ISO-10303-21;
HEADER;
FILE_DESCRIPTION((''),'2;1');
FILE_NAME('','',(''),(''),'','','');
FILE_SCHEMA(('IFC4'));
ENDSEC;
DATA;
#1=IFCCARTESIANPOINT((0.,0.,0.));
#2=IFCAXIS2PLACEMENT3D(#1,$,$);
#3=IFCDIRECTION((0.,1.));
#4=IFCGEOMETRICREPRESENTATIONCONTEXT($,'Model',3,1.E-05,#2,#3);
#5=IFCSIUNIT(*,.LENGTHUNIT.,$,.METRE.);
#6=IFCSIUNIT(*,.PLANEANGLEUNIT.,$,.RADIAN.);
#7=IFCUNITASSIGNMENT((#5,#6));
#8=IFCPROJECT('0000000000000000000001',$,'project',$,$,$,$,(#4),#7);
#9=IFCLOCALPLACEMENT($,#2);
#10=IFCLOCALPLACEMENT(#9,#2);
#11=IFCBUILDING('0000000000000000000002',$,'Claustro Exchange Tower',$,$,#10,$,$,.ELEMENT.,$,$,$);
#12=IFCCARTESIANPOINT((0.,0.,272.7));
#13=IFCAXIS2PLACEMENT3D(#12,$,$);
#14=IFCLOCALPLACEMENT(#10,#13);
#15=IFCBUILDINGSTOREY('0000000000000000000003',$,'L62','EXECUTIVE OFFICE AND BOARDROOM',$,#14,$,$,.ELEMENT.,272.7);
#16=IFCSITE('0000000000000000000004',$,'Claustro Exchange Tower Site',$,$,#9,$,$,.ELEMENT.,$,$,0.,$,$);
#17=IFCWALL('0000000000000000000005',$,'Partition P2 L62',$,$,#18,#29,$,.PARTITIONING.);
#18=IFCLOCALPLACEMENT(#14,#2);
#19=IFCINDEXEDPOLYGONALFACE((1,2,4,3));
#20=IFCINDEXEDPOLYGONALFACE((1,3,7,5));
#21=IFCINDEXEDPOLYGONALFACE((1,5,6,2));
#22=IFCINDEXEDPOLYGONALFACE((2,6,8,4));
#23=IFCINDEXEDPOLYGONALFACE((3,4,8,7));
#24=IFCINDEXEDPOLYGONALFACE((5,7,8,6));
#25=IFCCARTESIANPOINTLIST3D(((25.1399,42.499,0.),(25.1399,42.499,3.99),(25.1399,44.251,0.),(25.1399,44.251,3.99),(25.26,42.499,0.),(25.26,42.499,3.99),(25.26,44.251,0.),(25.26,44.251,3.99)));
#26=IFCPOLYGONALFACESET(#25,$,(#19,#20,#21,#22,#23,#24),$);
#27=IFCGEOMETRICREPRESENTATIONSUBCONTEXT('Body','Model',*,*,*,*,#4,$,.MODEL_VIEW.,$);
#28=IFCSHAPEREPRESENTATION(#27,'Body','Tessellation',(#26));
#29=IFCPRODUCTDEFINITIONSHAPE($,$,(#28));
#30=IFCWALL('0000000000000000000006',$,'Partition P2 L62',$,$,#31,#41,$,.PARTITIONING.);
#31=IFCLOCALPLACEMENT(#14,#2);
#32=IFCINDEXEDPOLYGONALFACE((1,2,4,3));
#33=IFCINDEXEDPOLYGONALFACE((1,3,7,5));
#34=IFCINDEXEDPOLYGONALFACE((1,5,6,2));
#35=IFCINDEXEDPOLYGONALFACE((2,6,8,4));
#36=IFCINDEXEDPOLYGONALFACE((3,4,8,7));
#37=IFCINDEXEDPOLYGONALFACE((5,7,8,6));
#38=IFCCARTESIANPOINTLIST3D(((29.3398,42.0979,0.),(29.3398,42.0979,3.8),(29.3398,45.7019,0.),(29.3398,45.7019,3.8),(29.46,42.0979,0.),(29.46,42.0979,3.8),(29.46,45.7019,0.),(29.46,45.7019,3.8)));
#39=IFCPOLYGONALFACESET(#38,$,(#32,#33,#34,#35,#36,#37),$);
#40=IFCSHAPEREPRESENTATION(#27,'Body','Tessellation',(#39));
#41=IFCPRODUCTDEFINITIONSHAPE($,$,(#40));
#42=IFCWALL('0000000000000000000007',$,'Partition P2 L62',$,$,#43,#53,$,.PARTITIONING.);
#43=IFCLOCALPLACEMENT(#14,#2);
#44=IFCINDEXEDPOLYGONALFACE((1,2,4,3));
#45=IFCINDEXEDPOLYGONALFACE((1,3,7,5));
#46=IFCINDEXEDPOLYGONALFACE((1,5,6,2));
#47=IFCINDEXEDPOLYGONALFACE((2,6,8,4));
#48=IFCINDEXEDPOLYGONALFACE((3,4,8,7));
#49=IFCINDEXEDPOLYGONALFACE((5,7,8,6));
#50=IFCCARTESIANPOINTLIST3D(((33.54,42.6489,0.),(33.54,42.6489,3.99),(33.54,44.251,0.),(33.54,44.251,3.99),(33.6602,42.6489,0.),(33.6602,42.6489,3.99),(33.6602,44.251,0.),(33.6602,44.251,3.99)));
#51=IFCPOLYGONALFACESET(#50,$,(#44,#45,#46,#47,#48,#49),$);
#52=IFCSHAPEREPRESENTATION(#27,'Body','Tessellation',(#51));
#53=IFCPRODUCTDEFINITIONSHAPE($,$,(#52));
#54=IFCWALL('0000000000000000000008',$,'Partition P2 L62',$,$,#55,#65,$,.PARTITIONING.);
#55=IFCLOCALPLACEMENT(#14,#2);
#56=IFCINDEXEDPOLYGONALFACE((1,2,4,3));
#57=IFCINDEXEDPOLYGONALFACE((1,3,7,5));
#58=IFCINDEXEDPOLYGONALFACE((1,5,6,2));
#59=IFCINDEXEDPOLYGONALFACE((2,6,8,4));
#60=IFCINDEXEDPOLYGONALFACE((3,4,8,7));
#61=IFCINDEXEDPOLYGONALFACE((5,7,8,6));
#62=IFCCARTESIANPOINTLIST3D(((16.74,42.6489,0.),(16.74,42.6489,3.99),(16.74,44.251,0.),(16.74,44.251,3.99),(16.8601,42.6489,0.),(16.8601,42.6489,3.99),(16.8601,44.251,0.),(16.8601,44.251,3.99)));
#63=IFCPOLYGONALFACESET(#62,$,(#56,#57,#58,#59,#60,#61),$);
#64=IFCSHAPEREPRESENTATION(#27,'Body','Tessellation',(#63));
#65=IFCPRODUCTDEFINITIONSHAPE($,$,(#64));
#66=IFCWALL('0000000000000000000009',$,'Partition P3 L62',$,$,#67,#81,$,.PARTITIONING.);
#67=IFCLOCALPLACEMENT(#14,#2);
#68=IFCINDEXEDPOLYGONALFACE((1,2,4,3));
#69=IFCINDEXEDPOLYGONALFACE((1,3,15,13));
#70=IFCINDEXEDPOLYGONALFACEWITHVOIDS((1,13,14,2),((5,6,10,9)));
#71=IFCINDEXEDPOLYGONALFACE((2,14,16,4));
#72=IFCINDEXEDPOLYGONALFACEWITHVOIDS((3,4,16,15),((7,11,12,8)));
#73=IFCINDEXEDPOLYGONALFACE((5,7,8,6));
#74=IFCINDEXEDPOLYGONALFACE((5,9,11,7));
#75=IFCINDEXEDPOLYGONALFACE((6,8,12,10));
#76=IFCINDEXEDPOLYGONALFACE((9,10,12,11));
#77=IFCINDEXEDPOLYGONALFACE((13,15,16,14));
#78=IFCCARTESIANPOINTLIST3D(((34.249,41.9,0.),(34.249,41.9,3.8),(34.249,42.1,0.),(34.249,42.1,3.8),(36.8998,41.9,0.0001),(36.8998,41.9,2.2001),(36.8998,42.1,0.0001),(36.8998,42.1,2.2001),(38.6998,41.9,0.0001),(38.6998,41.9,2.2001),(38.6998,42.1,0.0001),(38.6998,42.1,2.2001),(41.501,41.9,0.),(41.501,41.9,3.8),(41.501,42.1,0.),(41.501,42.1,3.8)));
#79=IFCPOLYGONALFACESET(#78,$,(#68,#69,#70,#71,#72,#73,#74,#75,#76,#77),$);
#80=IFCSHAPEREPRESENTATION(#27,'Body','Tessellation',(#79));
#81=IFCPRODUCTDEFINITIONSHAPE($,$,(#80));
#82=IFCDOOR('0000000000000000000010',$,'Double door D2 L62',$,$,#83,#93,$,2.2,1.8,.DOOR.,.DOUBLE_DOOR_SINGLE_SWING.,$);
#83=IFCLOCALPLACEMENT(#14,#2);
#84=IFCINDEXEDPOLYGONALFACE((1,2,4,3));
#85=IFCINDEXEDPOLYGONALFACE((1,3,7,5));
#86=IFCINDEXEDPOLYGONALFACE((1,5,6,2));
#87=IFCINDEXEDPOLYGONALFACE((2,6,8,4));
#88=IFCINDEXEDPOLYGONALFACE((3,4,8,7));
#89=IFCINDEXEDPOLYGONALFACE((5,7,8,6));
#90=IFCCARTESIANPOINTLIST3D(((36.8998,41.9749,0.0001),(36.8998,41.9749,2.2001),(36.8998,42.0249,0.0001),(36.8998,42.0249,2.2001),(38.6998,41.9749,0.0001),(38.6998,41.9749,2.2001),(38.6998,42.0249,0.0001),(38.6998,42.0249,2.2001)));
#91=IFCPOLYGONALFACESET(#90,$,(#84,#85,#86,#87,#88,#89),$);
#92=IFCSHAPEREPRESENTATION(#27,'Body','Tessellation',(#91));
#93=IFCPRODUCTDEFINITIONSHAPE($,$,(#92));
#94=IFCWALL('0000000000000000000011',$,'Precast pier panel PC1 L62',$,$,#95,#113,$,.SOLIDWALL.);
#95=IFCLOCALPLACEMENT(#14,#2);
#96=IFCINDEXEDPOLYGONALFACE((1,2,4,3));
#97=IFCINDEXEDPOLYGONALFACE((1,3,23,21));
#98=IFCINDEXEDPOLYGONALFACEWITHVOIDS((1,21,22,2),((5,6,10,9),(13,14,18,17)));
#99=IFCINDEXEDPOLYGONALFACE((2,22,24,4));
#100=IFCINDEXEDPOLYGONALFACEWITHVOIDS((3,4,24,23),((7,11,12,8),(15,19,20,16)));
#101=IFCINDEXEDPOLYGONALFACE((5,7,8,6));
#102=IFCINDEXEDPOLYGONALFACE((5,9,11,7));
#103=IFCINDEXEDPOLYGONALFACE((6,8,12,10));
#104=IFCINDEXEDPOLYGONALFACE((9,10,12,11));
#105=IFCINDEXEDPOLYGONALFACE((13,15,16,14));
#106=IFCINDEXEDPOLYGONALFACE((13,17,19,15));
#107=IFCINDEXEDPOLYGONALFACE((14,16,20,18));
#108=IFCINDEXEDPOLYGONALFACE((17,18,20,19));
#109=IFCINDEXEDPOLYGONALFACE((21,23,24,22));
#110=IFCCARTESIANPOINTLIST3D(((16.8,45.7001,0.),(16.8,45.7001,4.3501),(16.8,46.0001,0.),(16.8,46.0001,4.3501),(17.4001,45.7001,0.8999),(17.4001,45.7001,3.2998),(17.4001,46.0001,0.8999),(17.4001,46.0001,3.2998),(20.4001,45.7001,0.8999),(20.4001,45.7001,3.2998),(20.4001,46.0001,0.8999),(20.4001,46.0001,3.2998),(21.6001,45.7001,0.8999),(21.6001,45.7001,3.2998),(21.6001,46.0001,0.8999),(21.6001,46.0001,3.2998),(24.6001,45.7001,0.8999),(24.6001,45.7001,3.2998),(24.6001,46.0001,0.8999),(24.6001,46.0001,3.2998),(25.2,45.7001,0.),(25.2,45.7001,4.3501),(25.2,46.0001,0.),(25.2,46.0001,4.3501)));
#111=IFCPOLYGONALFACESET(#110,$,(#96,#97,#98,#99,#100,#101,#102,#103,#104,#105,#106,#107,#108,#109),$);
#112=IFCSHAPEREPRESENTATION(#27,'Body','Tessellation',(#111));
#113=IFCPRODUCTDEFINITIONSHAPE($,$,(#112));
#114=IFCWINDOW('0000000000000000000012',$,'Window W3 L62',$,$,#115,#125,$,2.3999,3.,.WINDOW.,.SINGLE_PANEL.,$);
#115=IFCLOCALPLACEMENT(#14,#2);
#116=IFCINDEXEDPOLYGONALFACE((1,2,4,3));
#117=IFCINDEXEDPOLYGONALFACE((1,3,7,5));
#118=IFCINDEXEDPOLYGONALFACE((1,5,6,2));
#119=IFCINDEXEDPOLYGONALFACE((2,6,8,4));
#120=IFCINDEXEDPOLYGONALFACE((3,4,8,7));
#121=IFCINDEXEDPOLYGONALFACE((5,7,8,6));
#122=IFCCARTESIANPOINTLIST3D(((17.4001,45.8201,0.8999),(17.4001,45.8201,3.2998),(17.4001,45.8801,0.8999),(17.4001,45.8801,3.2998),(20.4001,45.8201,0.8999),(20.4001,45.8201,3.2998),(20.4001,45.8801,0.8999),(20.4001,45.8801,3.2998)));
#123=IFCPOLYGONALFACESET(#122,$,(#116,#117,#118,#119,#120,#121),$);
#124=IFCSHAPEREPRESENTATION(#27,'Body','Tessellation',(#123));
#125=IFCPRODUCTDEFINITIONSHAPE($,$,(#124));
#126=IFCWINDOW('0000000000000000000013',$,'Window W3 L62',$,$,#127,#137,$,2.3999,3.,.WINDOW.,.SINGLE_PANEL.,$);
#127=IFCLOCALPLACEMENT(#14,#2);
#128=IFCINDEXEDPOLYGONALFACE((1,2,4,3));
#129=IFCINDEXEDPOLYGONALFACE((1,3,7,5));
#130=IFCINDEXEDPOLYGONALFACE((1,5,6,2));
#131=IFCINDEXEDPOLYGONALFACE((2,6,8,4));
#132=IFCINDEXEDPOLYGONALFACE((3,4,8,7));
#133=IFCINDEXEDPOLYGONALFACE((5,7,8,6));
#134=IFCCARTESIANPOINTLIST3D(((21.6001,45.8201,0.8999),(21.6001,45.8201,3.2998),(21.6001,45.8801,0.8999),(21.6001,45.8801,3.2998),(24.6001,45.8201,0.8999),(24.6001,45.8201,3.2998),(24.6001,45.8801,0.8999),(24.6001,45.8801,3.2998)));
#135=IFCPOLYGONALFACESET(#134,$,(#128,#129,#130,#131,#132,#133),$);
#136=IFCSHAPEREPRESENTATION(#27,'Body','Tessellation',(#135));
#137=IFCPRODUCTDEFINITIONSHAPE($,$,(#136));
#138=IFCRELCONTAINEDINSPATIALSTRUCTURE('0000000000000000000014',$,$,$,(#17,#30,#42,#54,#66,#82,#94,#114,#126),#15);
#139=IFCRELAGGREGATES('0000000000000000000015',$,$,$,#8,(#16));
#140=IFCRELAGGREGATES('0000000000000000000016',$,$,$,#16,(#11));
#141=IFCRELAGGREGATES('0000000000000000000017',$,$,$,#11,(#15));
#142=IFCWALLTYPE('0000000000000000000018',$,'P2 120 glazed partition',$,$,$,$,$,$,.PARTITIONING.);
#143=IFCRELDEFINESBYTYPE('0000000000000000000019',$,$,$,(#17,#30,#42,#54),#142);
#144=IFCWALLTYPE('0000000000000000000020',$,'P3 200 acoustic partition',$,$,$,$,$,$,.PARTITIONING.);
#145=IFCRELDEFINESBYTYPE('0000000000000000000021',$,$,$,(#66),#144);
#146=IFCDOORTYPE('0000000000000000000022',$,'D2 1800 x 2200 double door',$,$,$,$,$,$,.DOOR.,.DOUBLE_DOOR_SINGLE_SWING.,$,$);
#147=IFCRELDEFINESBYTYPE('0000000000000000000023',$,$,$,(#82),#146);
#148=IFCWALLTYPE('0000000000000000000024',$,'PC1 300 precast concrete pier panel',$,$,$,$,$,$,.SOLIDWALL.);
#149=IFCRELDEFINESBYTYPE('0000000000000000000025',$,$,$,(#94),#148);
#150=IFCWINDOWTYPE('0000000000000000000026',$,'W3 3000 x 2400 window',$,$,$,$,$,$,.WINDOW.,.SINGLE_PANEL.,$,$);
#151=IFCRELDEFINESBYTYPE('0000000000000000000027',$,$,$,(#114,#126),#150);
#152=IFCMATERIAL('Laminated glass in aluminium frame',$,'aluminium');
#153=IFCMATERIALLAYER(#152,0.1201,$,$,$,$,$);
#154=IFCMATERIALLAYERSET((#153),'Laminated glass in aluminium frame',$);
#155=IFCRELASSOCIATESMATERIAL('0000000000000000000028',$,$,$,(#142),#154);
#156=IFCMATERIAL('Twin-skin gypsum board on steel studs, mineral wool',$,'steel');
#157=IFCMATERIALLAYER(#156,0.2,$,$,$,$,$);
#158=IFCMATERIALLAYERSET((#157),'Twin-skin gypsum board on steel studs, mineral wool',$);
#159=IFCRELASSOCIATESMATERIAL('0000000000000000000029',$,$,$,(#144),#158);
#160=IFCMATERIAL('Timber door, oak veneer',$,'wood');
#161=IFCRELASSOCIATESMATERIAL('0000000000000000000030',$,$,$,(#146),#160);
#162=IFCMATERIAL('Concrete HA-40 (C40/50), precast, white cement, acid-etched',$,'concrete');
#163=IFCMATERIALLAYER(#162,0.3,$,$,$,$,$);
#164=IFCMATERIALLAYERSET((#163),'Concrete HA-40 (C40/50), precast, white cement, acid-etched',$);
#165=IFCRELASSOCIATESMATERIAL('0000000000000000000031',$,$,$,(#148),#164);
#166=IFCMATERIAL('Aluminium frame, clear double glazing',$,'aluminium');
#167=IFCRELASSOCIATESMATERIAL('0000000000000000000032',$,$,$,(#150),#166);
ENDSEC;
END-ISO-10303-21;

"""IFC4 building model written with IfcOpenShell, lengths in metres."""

from ifc_helpers import new_model, si_unit, direction, frame, frame_2d, origin, place, context, subcontext, project, spatial, rectangle, extrude, material, layer, layer_set, type_object, element, fill, save


model = new_model("IFC4")

# Units and contexts
model_context = context("Model", 3, precision=1e-05, world=origin(), true_north=direction((0.0, 1.0)))
body_context = subcontext(model_context, "Body", "Model", "MODEL_VIEW")
ifc_project = project(units=[si_unit("LENGTHUNIT", "METRE"), si_unit("PLANEANGLEUNIT", "RADIAN")], contexts=[model_context])

# Site, building, storey
site_placement = place(None, origin())
site = spatial("IfcSite", under=ifc_project, at=site_placement, Name="Claustro Exchange Tower Site", CompositionType="ELEMENT", RefElevation=0.0)
building_placement = place(site_placement, origin())
building = spatial("IfcBuilding", under=site, at=building_placement, Name="Claustro Exchange Tower", CompositionType="ELEMENT")
storey_placement = place(building_placement, frame((0.0, 0.0, 272.7)))
storey = spatial("IfcBuildingStorey", under=building, at=storey_placement, Name="L62", Description="EXECUTIVE OFFICE AND BOARDROOM", CompositionType="ELEMENT", Elevation=272.7)

# Walls
ifc_material_1 = material(Name="Laminated glass in aluminium frame", Category="aluminium")
ifc_layer_1 = layer(ifc_material_1, 0.1201)
ifc_layer_set_1 = layer_set([ifc_layer_1], Name="Laminated glass in aluminium frame")
wall_type_1 = type_object("IfcWallType", Name="P2 120 glazed partition", PredefinedType="PARTITIONING", material=ifc_layer_set_1)
wall_1_placement = place(storey_placement, frame((25.2, 42.499, 0.0), z_axis=(0.0, 0.0, 1.0), x_axis=(0.0, 1.0, 0.0)))
element("IfcWall", 1, at=wall_1_placement, inside=storey, type_object=wall_type_1, Name="Partition P2 L62", PredefinedType="PARTITIONING", context=body_context, shape_type="SweptSolid", body=[
    extrude(rectangle(XDim=1.752, YDim=0.1201, at=frame_2d((0.876, 0.0))), origin(), (0.0, 0.0, 1.0), 3.99),
])
wall_2_placement = place(storey_placement, frame((29.3999, 42.0979, 0.0), z_axis=(0.0, 0.0, 1.0), x_axis=(0.0, 1.0, 0.0)))
element("IfcWall", 2, at=wall_2_placement, inside=storey, type_object=wall_type_1, Name="Partition P2 L62", PredefinedType="PARTITIONING", context=body_context, shape_type="SweptSolid", body=[
    extrude(rectangle(XDim=3.604, YDim=0.1201, at=frame_2d((1.802, 0.0))), origin(), (0.0, 0.0, 1.0), 3.8),
])
for number, where, z_axis, x_axis, name in (
    (3, (33.6001, 42.6489, 0.0), (0.0, 0.0, 1.0), (0.0, 1.0, 0.0), "Partition P2 L62"),
    (4, (16.8, 42.6489, 0.0), (0.0, 0.0, 1.0), (0.0, 1.0, 0.0), "Partition P2 L62"),
):
    element("IfcWall", number, at=place(storey_placement, frame(where, z_axis=z_axis, x_axis=x_axis)), inside=storey, type_object=wall_type_1, Name=name, PredefinedType="PARTITIONING", context=body_context, shape_type="SweptSolid", body=[
        extrude(rectangle(XDim=1.6021, YDim=0.1201, at=frame_2d((0.801, 0.0))), origin(), (0.0, 0.0, 1.0), 3.99),
    ])

# Shared definitions
ifc_material_2 = material(Name="Twin-skin gypsum board on steel studs, mineral wool", Category="steel")
ifc_layer_2 = layer(ifc_material_2, 0.2)
ifc_layer_set_2 = layer_set([ifc_layer_2], Name="Twin-skin gypsum board on steel studs, mineral wool")
wall_type_2 = type_object("IfcWallType", Name="P3 200 acoustic partition", PredefinedType="PARTITIONING", material=ifc_layer_set_2)

# Wall, opening, door
wall_3_placement = place(storey_placement, frame((34.249, 42.0, 0.0), z_axis=(0.0, 0.0, 1.0), x_axis=(1.0, 0.0, 0.0)))
wall_3 = element("IfcWall", 5, at=wall_3_placement, inside=storey, type_object=wall_type_2, Name="Partition P3 L62", PredefinedType="PARTITIONING", context=body_context, shape_type="SweptSolid", body=[
    extrude(rectangle(XDim=7.252, YDim=0.2, at=frame_2d((3.626, 0.0))), origin(), (0.0, 0.0, 1.0), 3.8),
])
opening_1_placement = place(wall_3_placement, frame((2.6509, 0.0, 0.0)))
opening_1 = element("IfcOpeningElement", 6, at=opening_1_placement, cuts=wall_3, PredefinedType="OPENING", context=body_context, shape_type="SweptSolid", body=[
    extrude(rectangle(XDim=1.8, YDim=2.2, at=frame_2d((0.8999, 1.1001))), frame((0.0, 0.1099, 0.0), z_axis=(0.0, -1.0, 0.0), x_axis=(1.0, 0.0, 0.0)), (0.0, 0.0, 1.0), 0.22),
])
ifc_material_3 = material(Name="Timber door, oak veneer", Category="wood")
door_type_1 = type_object("IfcDoorType", Name="D2 1800 x 2200 double door", OperationType="DOUBLE_DOOR_SINGLE_SWING", PredefinedType="DOOR", material=ifc_material_3)
door_1_placement = place(opening_1_placement, origin())
door_1 = element("IfcDoor", 7, at=door_1_placement, inside=storey, type_object=door_type_1, Name="Double door D2 L62", OperationType="DOUBLE_DOOR_SINGLE_SWING", OverallHeight=2.2, OverallWidth=1.8, PredefinedType="DOOR", context=body_context, shape_type="SweptSolid", body=[
    extrude(rectangle(XDim=1.8, YDim=2.2, at=frame_2d((0.8999, 1.1001))), frame((0.0, 0.0249, 0.0), z_axis=(0.0, -1.0, 0.0), x_axis=(1.0, 0.0, 0.0)), (0.0, 0.0, 1.0), 0.05),
])
fill(opening_1, door_1)

# Wall, openings, windows
ifc_material_4 = material(Name="Concrete HA-40 (C40/50), precast, white cement, acid-etched", Category="concrete")
ifc_layer_3 = layer(ifc_material_4, 0.3)
ifc_layer_set_3 = layer_set([ifc_layer_3], Name="Concrete HA-40 (C40/50), precast, white cement, acid-etched")
wall_type_3 = type_object("IfcWallType", Name="PC1 300 precast concrete pier panel", PredefinedType="SOLIDWALL", material=ifc_layer_set_3)
wall_4_placement = place(storey_placement, frame((16.8, 45.8501, 0.0), z_axis=(0.0, 0.0, 1.0), x_axis=(1.0, 0.0, 0.0)))
wall_4 = element("IfcWall", 8, at=wall_4_placement, inside=storey, type_object=wall_type_3, Name="Precast pier panel PC1 L62", PredefinedType="SOLIDWALL", context=body_context, shape_type="SweptSolid", body=[
    extrude(rectangle(XDim=8.3999, YDim=0.3, at=frame_2d((4.2, 0.0))), origin(), (0.0, 0.0, 1.0), 4.3501),
])
opening_2_placement = place(wall_4_placement, frame((0.6001, 0.0, 0.8999)))
opening_2 = element("IfcOpeningElement", 9, at=opening_2_placement, cuts=wall_4, PredefinedType="OPENING", context=body_context, shape_type="SweptSolid", body=[
    extrude(rectangle(XDim=3.0, YDim=2.3999, at=frame_2d((1.5, 1.2))), frame((0.0, 0.1599, 0.0), z_axis=(0.0, -1.0, 0.0), x_axis=(1.0, 0.0, 0.0)), (0.0, 0.0, 1.0), 0.3201),
])
opening_3_placement = place(wall_4_placement, frame((4.8, 0.0, 0.8999)))
opening_3 = element("IfcOpeningElement", 10, at=opening_3_placement, cuts=wall_4, PredefinedType="OPENING", context=body_context, shape_type="SweptSolid", body=[
    extrude(rectangle(XDim=3.0, YDim=2.3999, at=frame_2d((1.5, 1.2))), frame((0.0, 0.1599, 0.0), z_axis=(0.0, -1.0, 0.0), x_axis=(1.0, 0.0, 0.0)), (0.0, 0.0, 1.0), 0.3201),
])
ifc_material_5 = material(Name="Aluminium frame, clear double glazing", Category="aluminium")
window_type = type_object("IfcWindowType", Name="W3 3000 x 2400 window", PartitioningType="SINGLE_PANEL", PredefinedType="WINDOW", material=ifc_material_5)
window_1_placement = place(opening_2_placement, origin())
window_1 = element("IfcWindow", 11, at=window_1_placement, inside=storey, type_object=window_type, Name="Window W3 L62", OverallHeight=2.3999, OverallWidth=3.0, PartitioningType="SINGLE_PANEL", PredefinedType="WINDOW", context=body_context, shape_type="SweptSolid", body=[
    extrude(rectangle(XDim=3.0, YDim=2.3999, at=frame_2d((1.5, 1.2))), frame((0.0, 0.03, 0.0), z_axis=(0.0, -1.0, 0.0), x_axis=(1.0, 0.0, 0.0)), (0.0, 0.0, 1.0), 0.0601),
])
fill(opening_2, window_1)
window_2_placement = place(opening_3_placement, origin())
window_2 = element("IfcWindow", 12, at=window_2_placement, inside=storey, type_object=window_type, Name="Window W3 L62", OverallHeight=2.3999, OverallWidth=3.0, PartitioningType="SINGLE_PANEL", PredefinedType="WINDOW", context=body_context, shape_type="SweptSolid", body=[
    extrude(rectangle(XDim=3.0, YDim=2.3999, at=frame_2d((1.5, 1.2))), frame((0.0, 0.03, 0.0), z_axis=(0.0, -1.0, 0.0), x_axis=(1.0, 0.0, 0.0)), (0.0, 0.0, 1.0), 0.0601),
])
fill(opening_3, window_2)

save(model, "model.ifc")
